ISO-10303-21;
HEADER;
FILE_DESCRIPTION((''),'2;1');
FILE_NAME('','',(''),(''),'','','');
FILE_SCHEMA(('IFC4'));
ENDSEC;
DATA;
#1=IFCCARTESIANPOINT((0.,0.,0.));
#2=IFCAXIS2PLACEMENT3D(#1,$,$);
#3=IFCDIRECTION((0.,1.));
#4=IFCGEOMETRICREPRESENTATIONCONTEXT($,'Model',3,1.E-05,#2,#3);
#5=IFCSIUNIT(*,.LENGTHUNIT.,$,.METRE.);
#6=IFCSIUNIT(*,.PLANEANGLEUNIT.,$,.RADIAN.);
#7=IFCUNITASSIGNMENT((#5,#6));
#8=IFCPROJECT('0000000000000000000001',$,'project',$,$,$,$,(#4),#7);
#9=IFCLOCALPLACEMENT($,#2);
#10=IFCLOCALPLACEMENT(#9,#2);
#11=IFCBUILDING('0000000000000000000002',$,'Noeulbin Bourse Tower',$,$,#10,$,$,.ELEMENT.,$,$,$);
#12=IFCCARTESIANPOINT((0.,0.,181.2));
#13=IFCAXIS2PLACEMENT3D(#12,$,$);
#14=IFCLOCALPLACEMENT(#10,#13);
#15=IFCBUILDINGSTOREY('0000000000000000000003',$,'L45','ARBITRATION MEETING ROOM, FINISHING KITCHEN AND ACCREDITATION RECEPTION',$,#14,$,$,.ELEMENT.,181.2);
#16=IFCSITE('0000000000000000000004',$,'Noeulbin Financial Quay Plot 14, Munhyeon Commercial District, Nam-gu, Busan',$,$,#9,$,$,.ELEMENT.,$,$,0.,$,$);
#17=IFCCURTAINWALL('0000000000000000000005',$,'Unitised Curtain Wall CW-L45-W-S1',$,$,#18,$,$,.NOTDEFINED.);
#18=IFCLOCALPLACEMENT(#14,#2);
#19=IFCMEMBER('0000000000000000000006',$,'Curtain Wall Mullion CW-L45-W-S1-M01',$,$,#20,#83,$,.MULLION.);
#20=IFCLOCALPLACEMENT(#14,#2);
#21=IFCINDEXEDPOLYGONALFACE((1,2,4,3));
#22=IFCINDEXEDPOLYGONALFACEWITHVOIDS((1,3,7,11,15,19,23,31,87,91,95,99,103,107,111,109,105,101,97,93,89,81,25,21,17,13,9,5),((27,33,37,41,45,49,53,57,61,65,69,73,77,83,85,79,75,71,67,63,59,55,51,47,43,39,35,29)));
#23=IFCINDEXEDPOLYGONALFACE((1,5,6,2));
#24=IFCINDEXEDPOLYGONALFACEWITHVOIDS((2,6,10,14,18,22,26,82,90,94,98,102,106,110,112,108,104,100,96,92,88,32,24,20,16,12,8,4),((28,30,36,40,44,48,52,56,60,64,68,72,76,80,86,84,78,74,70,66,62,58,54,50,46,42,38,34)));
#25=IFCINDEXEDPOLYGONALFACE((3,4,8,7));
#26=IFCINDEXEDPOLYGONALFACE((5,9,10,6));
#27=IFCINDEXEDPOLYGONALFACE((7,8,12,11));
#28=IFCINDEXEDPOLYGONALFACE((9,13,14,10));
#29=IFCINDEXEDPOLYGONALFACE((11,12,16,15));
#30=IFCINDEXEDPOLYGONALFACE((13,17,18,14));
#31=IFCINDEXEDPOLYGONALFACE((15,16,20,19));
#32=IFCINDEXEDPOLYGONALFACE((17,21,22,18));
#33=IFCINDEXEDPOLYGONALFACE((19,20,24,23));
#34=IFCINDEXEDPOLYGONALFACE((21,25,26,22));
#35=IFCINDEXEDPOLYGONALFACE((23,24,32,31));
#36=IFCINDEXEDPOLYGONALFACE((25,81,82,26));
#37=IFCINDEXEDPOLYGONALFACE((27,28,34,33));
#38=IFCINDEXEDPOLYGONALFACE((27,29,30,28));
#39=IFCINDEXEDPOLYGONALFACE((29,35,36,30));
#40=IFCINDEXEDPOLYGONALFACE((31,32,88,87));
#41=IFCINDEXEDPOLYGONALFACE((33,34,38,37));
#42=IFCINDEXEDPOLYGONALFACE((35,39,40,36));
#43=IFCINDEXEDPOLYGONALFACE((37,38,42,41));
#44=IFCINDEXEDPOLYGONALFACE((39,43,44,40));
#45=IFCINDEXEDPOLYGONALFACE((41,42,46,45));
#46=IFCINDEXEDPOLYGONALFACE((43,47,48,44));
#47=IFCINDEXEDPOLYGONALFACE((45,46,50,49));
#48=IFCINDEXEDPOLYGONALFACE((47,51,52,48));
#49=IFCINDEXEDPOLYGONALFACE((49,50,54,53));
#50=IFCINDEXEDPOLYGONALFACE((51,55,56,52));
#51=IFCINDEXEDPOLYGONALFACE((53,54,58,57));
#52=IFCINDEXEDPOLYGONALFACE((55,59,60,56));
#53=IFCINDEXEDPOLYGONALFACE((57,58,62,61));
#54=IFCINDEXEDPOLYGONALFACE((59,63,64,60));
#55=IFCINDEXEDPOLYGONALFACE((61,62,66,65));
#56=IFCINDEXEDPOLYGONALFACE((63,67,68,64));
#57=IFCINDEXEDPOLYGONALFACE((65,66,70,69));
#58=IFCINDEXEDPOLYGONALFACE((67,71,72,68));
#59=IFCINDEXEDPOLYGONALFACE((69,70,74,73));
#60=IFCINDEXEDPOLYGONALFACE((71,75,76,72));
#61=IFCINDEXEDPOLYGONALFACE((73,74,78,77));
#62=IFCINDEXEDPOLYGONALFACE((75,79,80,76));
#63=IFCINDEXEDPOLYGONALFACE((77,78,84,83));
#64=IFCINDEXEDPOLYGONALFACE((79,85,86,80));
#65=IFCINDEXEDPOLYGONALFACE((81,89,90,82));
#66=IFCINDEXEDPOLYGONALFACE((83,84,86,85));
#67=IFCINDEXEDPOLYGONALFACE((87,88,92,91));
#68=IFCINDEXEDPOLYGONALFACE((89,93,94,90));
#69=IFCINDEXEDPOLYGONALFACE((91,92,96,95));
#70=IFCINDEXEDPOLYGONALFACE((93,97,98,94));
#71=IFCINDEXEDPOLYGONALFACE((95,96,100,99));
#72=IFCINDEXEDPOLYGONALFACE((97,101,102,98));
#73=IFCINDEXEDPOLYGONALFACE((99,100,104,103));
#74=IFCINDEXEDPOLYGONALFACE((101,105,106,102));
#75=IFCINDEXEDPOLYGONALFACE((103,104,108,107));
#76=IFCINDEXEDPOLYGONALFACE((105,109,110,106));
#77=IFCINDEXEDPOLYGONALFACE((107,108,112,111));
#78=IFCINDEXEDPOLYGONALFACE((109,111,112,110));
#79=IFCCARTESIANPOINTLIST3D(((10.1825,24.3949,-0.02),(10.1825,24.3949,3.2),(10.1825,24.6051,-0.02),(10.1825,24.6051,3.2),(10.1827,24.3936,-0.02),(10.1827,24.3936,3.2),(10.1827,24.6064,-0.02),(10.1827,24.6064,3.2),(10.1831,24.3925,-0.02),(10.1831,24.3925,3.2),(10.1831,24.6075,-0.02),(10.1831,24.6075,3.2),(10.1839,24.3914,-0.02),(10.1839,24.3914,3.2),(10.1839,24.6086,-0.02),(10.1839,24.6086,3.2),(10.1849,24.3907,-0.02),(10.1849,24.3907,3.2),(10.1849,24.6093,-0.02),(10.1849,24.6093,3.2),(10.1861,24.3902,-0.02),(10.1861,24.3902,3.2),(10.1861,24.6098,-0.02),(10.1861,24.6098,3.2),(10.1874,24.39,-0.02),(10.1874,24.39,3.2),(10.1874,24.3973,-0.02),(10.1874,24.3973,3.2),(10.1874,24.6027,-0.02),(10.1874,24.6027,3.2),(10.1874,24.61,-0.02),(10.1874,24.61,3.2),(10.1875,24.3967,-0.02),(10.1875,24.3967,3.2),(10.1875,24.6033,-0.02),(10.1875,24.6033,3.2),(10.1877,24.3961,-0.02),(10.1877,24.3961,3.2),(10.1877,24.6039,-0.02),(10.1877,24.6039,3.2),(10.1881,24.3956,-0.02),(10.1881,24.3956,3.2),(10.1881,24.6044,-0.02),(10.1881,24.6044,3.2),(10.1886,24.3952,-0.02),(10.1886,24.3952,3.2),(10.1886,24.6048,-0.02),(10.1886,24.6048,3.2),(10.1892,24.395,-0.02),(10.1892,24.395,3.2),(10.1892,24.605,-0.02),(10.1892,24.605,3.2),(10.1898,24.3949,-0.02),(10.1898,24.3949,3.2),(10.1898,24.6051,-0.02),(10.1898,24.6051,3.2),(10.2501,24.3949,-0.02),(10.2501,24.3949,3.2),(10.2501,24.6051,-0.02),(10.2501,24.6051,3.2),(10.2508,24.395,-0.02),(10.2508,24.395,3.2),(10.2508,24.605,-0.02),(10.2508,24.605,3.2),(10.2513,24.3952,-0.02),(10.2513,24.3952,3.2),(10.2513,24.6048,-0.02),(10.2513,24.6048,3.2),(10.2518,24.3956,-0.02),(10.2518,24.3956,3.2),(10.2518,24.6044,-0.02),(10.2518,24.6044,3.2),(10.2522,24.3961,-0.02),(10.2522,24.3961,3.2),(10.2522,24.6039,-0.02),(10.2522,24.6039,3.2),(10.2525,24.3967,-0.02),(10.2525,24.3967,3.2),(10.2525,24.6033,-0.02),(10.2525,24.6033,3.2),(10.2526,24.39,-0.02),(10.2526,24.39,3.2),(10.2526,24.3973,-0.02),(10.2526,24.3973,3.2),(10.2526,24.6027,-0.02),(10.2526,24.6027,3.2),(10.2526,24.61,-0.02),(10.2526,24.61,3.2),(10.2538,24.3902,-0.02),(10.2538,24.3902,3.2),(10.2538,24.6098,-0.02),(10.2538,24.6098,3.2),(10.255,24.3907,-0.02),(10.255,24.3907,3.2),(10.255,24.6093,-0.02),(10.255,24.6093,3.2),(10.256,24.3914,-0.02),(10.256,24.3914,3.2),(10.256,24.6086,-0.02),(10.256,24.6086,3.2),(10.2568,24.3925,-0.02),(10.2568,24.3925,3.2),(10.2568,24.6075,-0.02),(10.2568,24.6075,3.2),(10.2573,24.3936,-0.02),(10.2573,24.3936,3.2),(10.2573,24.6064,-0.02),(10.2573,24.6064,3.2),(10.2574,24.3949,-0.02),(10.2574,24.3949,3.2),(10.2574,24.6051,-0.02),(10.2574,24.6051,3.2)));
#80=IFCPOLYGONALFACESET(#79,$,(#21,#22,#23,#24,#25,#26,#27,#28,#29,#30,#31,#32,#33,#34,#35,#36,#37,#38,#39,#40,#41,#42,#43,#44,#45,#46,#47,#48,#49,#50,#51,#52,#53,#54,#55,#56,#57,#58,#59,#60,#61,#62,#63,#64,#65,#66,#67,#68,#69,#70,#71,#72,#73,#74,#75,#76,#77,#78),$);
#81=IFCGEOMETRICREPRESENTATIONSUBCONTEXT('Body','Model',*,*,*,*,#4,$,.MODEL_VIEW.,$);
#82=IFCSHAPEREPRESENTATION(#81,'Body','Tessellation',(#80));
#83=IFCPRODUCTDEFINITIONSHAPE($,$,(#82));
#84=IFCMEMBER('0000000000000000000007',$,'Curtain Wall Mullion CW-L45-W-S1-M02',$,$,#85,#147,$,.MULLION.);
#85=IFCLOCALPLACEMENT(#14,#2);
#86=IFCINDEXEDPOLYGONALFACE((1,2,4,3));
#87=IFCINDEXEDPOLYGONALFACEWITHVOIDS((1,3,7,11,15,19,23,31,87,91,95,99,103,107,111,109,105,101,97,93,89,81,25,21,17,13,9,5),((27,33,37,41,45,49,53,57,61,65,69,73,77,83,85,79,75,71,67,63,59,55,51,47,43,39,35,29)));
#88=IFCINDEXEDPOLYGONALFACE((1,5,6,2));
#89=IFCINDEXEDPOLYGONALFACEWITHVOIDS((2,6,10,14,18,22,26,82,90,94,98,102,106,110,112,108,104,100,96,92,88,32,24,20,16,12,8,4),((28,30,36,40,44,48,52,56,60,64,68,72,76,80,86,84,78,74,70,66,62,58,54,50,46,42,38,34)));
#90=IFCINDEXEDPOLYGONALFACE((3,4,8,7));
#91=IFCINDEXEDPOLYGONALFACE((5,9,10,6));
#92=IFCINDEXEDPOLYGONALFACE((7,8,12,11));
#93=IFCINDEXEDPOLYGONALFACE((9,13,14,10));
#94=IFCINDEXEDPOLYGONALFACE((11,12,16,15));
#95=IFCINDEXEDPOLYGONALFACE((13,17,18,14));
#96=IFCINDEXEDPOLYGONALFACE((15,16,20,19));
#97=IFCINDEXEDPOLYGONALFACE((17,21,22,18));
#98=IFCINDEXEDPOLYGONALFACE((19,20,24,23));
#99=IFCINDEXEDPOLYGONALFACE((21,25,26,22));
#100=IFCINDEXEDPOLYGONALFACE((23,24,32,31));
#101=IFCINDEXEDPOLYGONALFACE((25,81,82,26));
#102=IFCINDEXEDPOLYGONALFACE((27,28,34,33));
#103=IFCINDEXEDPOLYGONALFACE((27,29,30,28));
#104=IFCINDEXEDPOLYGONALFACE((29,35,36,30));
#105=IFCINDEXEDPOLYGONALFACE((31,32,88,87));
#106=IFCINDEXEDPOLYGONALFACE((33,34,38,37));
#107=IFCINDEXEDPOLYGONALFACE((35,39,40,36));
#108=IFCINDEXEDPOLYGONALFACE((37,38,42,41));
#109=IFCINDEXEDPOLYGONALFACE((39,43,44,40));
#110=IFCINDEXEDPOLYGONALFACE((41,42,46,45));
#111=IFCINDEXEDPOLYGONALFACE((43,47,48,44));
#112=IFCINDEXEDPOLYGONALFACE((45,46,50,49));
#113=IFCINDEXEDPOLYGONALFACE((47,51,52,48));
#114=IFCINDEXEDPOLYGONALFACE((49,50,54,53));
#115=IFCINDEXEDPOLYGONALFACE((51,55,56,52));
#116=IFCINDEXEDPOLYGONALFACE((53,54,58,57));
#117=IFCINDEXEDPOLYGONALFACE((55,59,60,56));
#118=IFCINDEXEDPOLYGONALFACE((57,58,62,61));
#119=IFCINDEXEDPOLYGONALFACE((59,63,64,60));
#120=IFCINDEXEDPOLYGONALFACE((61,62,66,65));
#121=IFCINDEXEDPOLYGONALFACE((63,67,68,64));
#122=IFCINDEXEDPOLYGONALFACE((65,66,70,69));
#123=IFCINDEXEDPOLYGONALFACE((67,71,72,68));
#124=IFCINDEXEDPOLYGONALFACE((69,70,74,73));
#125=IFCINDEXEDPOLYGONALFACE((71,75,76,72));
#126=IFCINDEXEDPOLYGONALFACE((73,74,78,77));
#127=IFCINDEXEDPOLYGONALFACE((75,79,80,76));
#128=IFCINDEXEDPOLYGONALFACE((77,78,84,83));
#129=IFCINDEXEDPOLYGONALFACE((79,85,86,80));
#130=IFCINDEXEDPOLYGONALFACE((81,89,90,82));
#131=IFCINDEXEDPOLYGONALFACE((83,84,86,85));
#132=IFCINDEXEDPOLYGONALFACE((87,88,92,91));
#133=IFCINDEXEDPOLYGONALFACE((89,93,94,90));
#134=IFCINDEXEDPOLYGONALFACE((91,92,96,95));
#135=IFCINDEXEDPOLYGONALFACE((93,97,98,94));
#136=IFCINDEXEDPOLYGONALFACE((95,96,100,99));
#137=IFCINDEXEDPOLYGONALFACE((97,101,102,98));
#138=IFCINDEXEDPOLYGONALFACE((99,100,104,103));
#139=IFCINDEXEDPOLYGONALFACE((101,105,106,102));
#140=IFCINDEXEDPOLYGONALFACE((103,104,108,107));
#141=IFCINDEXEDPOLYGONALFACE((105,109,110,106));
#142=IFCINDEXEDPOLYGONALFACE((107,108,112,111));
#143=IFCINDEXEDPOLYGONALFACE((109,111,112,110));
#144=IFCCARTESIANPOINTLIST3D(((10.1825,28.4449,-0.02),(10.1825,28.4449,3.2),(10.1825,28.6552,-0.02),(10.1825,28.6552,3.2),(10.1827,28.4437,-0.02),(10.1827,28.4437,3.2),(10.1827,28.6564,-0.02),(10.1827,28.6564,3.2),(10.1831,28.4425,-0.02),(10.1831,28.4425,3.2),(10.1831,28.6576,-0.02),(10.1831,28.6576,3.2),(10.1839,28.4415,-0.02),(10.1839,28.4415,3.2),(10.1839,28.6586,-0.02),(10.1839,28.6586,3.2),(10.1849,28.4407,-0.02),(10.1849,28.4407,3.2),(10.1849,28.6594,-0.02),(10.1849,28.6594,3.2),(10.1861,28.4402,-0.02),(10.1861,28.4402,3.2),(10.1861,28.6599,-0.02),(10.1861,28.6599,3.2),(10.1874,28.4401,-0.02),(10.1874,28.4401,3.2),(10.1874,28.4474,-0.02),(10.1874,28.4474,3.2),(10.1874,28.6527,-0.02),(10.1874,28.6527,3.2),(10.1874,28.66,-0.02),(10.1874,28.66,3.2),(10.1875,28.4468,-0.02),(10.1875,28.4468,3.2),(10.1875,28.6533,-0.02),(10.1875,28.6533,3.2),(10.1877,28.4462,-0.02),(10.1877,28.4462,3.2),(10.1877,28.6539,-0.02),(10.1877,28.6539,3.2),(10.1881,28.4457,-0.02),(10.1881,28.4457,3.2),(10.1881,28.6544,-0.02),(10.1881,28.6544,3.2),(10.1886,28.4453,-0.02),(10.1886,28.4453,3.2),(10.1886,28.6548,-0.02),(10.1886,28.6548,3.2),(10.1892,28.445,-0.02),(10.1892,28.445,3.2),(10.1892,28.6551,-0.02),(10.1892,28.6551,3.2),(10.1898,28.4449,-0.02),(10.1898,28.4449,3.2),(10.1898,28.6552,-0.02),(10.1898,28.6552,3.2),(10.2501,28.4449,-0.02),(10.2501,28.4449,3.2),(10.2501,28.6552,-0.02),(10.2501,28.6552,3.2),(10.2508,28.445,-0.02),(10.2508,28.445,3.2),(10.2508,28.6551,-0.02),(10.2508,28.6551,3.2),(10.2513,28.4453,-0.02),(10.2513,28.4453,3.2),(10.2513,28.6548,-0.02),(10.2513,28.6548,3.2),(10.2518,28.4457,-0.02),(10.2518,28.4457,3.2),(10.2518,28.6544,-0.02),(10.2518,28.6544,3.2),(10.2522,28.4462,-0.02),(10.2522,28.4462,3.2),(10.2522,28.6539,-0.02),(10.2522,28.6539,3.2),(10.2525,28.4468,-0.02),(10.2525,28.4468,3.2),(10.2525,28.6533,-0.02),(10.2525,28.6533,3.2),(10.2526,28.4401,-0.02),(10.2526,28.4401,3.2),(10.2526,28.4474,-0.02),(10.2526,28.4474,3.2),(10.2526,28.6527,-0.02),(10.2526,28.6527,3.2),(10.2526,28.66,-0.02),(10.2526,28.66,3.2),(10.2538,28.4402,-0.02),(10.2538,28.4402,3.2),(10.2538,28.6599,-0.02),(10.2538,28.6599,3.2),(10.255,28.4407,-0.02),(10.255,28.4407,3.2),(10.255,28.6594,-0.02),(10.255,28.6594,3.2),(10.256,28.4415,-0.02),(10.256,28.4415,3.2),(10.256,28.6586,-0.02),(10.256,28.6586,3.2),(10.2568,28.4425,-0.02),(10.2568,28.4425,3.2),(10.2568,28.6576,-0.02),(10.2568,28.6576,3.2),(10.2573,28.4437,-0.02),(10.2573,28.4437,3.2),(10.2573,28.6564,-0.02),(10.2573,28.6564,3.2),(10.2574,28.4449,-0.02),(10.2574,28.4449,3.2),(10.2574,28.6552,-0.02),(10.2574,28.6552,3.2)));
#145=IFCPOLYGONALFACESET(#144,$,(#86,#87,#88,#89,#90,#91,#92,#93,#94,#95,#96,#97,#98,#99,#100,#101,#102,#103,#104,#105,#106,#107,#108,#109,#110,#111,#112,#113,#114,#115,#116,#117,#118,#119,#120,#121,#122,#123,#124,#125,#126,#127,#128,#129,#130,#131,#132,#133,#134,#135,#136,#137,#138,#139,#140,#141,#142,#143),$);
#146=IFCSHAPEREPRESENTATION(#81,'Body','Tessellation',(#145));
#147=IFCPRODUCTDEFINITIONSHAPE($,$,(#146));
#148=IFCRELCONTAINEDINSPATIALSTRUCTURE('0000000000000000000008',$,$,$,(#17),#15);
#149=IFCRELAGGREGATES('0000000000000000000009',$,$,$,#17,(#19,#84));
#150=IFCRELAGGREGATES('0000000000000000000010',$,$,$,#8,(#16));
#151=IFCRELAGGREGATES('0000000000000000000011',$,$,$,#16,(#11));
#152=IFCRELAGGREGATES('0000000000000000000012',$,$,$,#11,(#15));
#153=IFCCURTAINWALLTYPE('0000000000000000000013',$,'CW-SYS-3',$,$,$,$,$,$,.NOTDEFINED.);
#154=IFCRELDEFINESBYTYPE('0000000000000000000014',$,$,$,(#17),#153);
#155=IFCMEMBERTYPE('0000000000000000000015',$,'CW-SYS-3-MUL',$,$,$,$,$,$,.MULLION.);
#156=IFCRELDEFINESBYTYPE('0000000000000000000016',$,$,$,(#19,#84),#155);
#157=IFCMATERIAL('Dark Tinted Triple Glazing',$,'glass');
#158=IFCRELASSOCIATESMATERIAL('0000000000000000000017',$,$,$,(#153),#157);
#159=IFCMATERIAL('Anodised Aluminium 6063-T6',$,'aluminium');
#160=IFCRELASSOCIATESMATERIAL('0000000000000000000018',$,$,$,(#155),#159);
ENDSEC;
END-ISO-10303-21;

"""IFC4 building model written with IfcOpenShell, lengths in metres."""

from ifc_helpers import new_model, si_unit, direction, frame, origin, origin_2d, place, context, subcontext, project, spatial, hollow_rectangle, extrude, material, material_profile, profile_set, type_object, element, aggregate, save


model = new_model("IFC4")

# Units and contexts
model_context = context("Model", 3, precision=1e-05, world=origin(), true_north=direction((0.0, 1.0)))
body_context = subcontext(model_context, "Body", "Model", "MODEL_VIEW")
ifc_project = project(units=[si_unit("LENGTHUNIT", "METRE"), si_unit("PLANEANGLEUNIT", "RADIAN")], contexts=[model_context])

# Site, building, storey
site_placement = place(None, origin())
site = spatial("IfcSite", under=ifc_project, at=site_placement, Name="Noeulbin Financial Quay Plot 14, Munhyeon Commercial District, Nam-gu, Busan", CompositionType="ELEMENT", RefElevation=0.0)
building_placement = place(site_placement, origin())
building = spatial("IfcBuilding", under=site, at=building_placement, Name="Noeulbin Bourse Tower", CompositionType="ELEMENT")
storey_placement = place(building_placement, frame((0.0, 0.0, 181.2)))
storey = spatial("IfcBuildingStorey", under=building, at=storey_placement, Name="L45", Description="ARBITRATION MEETING ROOM, FINISHING KITCHEN AND ACCREDITATION RECEPTION", CompositionType="ELEMENT", Elevation=181.2)

# Curtain wall, members
ifc_material_1 = material(Name="Dark Tinted Triple Glazing", Category="glass")
curtain_wall_type = type_object("IfcCurtainWallType", Name="CW-SYS-3", PredefinedType="NOTDEFINED", material=ifc_material_1)
curtain_wall_placement = place(storey_placement, origin())
curtain_wall = element("IfcCurtainWall", 1, at=curtain_wall_placement, inside=storey, type_object=curtain_wall_type, Name="Unitised Curtain Wall CW-L45-W-S1", PredefinedType="NOTDEFINED")
ifc_material_2 = material(Name="Anodised Aluminium 6063-T6", Category="aluminium")
ifc_material_profile_1 = material_profile(ifc_material_2, hollow_rectangle(XDim=0.075, YDim=0.22, WallThickness=0.0049, InnerFilletRadius=0.0024, OuterFilletRadius=0.0049, at=origin_2d()), Name="ALU-MULL-75x220x5", Category="LoadBearing")
ifc_profile_set_1 = profile_set([ifc_material_profile_1], Name="Anodised Aluminium 6063-T6")
member_type_1 = type_object("IfcMemberType", Name="CW-SYS-3-MUL", PredefinedType="MULLION", material=ifc_profile_set_1)
member_1_placement = place(storey_placement, frame((10.22, 24.5, -0.02), z_axis=(0.0, 0.0, 1.0), x_axis=(1.0, 0.0, 0.0)))
member_1 = element("IfcMember", 2, at=member_1_placement, type_object=member_type_1, Name="Curtain Wall Mullion CW-L45-W-S1-M01", PredefinedType="MULLION", context=body_context, shape_type="SweptSolid", body=[
    extrude(hollow_rectangle(XDim=0.075, YDim=0.22, WallThickness=0.0049, InnerFilletRadius=0.0024, OuterFilletRadius=0.0049, at=origin_2d()), origin(), (0.0, 0.0, 1.0), 3.22),
])
member_2_placement = place(storey_placement, frame((10.22, 28.55, -0.02), z_axis=(0.0, 0.0, 1.0), x_axis=(1.0, 0.0, 0.0)))
member_2 = element("IfcMember", 3, at=member_2_placement, type_object=member_type_1, Name="Curtain Wall Mullion CW-L45-W-S1-M02", PredefinedType="MULLION", context=body_context, shape_type="SweptSolid", body=[
    extrude(hollow_rectangle(XDim=0.075, YDim=0.22, WallThickness=0.0049, InnerFilletRadius=0.0024, OuterFilletRadius=0.0049, at=origin_2d()), origin(), (0.0, 0.0, 1.0), 3.22),
])
aggregate(curtain_wall, [member_1, member_2])

save(model, "model.ifc")
